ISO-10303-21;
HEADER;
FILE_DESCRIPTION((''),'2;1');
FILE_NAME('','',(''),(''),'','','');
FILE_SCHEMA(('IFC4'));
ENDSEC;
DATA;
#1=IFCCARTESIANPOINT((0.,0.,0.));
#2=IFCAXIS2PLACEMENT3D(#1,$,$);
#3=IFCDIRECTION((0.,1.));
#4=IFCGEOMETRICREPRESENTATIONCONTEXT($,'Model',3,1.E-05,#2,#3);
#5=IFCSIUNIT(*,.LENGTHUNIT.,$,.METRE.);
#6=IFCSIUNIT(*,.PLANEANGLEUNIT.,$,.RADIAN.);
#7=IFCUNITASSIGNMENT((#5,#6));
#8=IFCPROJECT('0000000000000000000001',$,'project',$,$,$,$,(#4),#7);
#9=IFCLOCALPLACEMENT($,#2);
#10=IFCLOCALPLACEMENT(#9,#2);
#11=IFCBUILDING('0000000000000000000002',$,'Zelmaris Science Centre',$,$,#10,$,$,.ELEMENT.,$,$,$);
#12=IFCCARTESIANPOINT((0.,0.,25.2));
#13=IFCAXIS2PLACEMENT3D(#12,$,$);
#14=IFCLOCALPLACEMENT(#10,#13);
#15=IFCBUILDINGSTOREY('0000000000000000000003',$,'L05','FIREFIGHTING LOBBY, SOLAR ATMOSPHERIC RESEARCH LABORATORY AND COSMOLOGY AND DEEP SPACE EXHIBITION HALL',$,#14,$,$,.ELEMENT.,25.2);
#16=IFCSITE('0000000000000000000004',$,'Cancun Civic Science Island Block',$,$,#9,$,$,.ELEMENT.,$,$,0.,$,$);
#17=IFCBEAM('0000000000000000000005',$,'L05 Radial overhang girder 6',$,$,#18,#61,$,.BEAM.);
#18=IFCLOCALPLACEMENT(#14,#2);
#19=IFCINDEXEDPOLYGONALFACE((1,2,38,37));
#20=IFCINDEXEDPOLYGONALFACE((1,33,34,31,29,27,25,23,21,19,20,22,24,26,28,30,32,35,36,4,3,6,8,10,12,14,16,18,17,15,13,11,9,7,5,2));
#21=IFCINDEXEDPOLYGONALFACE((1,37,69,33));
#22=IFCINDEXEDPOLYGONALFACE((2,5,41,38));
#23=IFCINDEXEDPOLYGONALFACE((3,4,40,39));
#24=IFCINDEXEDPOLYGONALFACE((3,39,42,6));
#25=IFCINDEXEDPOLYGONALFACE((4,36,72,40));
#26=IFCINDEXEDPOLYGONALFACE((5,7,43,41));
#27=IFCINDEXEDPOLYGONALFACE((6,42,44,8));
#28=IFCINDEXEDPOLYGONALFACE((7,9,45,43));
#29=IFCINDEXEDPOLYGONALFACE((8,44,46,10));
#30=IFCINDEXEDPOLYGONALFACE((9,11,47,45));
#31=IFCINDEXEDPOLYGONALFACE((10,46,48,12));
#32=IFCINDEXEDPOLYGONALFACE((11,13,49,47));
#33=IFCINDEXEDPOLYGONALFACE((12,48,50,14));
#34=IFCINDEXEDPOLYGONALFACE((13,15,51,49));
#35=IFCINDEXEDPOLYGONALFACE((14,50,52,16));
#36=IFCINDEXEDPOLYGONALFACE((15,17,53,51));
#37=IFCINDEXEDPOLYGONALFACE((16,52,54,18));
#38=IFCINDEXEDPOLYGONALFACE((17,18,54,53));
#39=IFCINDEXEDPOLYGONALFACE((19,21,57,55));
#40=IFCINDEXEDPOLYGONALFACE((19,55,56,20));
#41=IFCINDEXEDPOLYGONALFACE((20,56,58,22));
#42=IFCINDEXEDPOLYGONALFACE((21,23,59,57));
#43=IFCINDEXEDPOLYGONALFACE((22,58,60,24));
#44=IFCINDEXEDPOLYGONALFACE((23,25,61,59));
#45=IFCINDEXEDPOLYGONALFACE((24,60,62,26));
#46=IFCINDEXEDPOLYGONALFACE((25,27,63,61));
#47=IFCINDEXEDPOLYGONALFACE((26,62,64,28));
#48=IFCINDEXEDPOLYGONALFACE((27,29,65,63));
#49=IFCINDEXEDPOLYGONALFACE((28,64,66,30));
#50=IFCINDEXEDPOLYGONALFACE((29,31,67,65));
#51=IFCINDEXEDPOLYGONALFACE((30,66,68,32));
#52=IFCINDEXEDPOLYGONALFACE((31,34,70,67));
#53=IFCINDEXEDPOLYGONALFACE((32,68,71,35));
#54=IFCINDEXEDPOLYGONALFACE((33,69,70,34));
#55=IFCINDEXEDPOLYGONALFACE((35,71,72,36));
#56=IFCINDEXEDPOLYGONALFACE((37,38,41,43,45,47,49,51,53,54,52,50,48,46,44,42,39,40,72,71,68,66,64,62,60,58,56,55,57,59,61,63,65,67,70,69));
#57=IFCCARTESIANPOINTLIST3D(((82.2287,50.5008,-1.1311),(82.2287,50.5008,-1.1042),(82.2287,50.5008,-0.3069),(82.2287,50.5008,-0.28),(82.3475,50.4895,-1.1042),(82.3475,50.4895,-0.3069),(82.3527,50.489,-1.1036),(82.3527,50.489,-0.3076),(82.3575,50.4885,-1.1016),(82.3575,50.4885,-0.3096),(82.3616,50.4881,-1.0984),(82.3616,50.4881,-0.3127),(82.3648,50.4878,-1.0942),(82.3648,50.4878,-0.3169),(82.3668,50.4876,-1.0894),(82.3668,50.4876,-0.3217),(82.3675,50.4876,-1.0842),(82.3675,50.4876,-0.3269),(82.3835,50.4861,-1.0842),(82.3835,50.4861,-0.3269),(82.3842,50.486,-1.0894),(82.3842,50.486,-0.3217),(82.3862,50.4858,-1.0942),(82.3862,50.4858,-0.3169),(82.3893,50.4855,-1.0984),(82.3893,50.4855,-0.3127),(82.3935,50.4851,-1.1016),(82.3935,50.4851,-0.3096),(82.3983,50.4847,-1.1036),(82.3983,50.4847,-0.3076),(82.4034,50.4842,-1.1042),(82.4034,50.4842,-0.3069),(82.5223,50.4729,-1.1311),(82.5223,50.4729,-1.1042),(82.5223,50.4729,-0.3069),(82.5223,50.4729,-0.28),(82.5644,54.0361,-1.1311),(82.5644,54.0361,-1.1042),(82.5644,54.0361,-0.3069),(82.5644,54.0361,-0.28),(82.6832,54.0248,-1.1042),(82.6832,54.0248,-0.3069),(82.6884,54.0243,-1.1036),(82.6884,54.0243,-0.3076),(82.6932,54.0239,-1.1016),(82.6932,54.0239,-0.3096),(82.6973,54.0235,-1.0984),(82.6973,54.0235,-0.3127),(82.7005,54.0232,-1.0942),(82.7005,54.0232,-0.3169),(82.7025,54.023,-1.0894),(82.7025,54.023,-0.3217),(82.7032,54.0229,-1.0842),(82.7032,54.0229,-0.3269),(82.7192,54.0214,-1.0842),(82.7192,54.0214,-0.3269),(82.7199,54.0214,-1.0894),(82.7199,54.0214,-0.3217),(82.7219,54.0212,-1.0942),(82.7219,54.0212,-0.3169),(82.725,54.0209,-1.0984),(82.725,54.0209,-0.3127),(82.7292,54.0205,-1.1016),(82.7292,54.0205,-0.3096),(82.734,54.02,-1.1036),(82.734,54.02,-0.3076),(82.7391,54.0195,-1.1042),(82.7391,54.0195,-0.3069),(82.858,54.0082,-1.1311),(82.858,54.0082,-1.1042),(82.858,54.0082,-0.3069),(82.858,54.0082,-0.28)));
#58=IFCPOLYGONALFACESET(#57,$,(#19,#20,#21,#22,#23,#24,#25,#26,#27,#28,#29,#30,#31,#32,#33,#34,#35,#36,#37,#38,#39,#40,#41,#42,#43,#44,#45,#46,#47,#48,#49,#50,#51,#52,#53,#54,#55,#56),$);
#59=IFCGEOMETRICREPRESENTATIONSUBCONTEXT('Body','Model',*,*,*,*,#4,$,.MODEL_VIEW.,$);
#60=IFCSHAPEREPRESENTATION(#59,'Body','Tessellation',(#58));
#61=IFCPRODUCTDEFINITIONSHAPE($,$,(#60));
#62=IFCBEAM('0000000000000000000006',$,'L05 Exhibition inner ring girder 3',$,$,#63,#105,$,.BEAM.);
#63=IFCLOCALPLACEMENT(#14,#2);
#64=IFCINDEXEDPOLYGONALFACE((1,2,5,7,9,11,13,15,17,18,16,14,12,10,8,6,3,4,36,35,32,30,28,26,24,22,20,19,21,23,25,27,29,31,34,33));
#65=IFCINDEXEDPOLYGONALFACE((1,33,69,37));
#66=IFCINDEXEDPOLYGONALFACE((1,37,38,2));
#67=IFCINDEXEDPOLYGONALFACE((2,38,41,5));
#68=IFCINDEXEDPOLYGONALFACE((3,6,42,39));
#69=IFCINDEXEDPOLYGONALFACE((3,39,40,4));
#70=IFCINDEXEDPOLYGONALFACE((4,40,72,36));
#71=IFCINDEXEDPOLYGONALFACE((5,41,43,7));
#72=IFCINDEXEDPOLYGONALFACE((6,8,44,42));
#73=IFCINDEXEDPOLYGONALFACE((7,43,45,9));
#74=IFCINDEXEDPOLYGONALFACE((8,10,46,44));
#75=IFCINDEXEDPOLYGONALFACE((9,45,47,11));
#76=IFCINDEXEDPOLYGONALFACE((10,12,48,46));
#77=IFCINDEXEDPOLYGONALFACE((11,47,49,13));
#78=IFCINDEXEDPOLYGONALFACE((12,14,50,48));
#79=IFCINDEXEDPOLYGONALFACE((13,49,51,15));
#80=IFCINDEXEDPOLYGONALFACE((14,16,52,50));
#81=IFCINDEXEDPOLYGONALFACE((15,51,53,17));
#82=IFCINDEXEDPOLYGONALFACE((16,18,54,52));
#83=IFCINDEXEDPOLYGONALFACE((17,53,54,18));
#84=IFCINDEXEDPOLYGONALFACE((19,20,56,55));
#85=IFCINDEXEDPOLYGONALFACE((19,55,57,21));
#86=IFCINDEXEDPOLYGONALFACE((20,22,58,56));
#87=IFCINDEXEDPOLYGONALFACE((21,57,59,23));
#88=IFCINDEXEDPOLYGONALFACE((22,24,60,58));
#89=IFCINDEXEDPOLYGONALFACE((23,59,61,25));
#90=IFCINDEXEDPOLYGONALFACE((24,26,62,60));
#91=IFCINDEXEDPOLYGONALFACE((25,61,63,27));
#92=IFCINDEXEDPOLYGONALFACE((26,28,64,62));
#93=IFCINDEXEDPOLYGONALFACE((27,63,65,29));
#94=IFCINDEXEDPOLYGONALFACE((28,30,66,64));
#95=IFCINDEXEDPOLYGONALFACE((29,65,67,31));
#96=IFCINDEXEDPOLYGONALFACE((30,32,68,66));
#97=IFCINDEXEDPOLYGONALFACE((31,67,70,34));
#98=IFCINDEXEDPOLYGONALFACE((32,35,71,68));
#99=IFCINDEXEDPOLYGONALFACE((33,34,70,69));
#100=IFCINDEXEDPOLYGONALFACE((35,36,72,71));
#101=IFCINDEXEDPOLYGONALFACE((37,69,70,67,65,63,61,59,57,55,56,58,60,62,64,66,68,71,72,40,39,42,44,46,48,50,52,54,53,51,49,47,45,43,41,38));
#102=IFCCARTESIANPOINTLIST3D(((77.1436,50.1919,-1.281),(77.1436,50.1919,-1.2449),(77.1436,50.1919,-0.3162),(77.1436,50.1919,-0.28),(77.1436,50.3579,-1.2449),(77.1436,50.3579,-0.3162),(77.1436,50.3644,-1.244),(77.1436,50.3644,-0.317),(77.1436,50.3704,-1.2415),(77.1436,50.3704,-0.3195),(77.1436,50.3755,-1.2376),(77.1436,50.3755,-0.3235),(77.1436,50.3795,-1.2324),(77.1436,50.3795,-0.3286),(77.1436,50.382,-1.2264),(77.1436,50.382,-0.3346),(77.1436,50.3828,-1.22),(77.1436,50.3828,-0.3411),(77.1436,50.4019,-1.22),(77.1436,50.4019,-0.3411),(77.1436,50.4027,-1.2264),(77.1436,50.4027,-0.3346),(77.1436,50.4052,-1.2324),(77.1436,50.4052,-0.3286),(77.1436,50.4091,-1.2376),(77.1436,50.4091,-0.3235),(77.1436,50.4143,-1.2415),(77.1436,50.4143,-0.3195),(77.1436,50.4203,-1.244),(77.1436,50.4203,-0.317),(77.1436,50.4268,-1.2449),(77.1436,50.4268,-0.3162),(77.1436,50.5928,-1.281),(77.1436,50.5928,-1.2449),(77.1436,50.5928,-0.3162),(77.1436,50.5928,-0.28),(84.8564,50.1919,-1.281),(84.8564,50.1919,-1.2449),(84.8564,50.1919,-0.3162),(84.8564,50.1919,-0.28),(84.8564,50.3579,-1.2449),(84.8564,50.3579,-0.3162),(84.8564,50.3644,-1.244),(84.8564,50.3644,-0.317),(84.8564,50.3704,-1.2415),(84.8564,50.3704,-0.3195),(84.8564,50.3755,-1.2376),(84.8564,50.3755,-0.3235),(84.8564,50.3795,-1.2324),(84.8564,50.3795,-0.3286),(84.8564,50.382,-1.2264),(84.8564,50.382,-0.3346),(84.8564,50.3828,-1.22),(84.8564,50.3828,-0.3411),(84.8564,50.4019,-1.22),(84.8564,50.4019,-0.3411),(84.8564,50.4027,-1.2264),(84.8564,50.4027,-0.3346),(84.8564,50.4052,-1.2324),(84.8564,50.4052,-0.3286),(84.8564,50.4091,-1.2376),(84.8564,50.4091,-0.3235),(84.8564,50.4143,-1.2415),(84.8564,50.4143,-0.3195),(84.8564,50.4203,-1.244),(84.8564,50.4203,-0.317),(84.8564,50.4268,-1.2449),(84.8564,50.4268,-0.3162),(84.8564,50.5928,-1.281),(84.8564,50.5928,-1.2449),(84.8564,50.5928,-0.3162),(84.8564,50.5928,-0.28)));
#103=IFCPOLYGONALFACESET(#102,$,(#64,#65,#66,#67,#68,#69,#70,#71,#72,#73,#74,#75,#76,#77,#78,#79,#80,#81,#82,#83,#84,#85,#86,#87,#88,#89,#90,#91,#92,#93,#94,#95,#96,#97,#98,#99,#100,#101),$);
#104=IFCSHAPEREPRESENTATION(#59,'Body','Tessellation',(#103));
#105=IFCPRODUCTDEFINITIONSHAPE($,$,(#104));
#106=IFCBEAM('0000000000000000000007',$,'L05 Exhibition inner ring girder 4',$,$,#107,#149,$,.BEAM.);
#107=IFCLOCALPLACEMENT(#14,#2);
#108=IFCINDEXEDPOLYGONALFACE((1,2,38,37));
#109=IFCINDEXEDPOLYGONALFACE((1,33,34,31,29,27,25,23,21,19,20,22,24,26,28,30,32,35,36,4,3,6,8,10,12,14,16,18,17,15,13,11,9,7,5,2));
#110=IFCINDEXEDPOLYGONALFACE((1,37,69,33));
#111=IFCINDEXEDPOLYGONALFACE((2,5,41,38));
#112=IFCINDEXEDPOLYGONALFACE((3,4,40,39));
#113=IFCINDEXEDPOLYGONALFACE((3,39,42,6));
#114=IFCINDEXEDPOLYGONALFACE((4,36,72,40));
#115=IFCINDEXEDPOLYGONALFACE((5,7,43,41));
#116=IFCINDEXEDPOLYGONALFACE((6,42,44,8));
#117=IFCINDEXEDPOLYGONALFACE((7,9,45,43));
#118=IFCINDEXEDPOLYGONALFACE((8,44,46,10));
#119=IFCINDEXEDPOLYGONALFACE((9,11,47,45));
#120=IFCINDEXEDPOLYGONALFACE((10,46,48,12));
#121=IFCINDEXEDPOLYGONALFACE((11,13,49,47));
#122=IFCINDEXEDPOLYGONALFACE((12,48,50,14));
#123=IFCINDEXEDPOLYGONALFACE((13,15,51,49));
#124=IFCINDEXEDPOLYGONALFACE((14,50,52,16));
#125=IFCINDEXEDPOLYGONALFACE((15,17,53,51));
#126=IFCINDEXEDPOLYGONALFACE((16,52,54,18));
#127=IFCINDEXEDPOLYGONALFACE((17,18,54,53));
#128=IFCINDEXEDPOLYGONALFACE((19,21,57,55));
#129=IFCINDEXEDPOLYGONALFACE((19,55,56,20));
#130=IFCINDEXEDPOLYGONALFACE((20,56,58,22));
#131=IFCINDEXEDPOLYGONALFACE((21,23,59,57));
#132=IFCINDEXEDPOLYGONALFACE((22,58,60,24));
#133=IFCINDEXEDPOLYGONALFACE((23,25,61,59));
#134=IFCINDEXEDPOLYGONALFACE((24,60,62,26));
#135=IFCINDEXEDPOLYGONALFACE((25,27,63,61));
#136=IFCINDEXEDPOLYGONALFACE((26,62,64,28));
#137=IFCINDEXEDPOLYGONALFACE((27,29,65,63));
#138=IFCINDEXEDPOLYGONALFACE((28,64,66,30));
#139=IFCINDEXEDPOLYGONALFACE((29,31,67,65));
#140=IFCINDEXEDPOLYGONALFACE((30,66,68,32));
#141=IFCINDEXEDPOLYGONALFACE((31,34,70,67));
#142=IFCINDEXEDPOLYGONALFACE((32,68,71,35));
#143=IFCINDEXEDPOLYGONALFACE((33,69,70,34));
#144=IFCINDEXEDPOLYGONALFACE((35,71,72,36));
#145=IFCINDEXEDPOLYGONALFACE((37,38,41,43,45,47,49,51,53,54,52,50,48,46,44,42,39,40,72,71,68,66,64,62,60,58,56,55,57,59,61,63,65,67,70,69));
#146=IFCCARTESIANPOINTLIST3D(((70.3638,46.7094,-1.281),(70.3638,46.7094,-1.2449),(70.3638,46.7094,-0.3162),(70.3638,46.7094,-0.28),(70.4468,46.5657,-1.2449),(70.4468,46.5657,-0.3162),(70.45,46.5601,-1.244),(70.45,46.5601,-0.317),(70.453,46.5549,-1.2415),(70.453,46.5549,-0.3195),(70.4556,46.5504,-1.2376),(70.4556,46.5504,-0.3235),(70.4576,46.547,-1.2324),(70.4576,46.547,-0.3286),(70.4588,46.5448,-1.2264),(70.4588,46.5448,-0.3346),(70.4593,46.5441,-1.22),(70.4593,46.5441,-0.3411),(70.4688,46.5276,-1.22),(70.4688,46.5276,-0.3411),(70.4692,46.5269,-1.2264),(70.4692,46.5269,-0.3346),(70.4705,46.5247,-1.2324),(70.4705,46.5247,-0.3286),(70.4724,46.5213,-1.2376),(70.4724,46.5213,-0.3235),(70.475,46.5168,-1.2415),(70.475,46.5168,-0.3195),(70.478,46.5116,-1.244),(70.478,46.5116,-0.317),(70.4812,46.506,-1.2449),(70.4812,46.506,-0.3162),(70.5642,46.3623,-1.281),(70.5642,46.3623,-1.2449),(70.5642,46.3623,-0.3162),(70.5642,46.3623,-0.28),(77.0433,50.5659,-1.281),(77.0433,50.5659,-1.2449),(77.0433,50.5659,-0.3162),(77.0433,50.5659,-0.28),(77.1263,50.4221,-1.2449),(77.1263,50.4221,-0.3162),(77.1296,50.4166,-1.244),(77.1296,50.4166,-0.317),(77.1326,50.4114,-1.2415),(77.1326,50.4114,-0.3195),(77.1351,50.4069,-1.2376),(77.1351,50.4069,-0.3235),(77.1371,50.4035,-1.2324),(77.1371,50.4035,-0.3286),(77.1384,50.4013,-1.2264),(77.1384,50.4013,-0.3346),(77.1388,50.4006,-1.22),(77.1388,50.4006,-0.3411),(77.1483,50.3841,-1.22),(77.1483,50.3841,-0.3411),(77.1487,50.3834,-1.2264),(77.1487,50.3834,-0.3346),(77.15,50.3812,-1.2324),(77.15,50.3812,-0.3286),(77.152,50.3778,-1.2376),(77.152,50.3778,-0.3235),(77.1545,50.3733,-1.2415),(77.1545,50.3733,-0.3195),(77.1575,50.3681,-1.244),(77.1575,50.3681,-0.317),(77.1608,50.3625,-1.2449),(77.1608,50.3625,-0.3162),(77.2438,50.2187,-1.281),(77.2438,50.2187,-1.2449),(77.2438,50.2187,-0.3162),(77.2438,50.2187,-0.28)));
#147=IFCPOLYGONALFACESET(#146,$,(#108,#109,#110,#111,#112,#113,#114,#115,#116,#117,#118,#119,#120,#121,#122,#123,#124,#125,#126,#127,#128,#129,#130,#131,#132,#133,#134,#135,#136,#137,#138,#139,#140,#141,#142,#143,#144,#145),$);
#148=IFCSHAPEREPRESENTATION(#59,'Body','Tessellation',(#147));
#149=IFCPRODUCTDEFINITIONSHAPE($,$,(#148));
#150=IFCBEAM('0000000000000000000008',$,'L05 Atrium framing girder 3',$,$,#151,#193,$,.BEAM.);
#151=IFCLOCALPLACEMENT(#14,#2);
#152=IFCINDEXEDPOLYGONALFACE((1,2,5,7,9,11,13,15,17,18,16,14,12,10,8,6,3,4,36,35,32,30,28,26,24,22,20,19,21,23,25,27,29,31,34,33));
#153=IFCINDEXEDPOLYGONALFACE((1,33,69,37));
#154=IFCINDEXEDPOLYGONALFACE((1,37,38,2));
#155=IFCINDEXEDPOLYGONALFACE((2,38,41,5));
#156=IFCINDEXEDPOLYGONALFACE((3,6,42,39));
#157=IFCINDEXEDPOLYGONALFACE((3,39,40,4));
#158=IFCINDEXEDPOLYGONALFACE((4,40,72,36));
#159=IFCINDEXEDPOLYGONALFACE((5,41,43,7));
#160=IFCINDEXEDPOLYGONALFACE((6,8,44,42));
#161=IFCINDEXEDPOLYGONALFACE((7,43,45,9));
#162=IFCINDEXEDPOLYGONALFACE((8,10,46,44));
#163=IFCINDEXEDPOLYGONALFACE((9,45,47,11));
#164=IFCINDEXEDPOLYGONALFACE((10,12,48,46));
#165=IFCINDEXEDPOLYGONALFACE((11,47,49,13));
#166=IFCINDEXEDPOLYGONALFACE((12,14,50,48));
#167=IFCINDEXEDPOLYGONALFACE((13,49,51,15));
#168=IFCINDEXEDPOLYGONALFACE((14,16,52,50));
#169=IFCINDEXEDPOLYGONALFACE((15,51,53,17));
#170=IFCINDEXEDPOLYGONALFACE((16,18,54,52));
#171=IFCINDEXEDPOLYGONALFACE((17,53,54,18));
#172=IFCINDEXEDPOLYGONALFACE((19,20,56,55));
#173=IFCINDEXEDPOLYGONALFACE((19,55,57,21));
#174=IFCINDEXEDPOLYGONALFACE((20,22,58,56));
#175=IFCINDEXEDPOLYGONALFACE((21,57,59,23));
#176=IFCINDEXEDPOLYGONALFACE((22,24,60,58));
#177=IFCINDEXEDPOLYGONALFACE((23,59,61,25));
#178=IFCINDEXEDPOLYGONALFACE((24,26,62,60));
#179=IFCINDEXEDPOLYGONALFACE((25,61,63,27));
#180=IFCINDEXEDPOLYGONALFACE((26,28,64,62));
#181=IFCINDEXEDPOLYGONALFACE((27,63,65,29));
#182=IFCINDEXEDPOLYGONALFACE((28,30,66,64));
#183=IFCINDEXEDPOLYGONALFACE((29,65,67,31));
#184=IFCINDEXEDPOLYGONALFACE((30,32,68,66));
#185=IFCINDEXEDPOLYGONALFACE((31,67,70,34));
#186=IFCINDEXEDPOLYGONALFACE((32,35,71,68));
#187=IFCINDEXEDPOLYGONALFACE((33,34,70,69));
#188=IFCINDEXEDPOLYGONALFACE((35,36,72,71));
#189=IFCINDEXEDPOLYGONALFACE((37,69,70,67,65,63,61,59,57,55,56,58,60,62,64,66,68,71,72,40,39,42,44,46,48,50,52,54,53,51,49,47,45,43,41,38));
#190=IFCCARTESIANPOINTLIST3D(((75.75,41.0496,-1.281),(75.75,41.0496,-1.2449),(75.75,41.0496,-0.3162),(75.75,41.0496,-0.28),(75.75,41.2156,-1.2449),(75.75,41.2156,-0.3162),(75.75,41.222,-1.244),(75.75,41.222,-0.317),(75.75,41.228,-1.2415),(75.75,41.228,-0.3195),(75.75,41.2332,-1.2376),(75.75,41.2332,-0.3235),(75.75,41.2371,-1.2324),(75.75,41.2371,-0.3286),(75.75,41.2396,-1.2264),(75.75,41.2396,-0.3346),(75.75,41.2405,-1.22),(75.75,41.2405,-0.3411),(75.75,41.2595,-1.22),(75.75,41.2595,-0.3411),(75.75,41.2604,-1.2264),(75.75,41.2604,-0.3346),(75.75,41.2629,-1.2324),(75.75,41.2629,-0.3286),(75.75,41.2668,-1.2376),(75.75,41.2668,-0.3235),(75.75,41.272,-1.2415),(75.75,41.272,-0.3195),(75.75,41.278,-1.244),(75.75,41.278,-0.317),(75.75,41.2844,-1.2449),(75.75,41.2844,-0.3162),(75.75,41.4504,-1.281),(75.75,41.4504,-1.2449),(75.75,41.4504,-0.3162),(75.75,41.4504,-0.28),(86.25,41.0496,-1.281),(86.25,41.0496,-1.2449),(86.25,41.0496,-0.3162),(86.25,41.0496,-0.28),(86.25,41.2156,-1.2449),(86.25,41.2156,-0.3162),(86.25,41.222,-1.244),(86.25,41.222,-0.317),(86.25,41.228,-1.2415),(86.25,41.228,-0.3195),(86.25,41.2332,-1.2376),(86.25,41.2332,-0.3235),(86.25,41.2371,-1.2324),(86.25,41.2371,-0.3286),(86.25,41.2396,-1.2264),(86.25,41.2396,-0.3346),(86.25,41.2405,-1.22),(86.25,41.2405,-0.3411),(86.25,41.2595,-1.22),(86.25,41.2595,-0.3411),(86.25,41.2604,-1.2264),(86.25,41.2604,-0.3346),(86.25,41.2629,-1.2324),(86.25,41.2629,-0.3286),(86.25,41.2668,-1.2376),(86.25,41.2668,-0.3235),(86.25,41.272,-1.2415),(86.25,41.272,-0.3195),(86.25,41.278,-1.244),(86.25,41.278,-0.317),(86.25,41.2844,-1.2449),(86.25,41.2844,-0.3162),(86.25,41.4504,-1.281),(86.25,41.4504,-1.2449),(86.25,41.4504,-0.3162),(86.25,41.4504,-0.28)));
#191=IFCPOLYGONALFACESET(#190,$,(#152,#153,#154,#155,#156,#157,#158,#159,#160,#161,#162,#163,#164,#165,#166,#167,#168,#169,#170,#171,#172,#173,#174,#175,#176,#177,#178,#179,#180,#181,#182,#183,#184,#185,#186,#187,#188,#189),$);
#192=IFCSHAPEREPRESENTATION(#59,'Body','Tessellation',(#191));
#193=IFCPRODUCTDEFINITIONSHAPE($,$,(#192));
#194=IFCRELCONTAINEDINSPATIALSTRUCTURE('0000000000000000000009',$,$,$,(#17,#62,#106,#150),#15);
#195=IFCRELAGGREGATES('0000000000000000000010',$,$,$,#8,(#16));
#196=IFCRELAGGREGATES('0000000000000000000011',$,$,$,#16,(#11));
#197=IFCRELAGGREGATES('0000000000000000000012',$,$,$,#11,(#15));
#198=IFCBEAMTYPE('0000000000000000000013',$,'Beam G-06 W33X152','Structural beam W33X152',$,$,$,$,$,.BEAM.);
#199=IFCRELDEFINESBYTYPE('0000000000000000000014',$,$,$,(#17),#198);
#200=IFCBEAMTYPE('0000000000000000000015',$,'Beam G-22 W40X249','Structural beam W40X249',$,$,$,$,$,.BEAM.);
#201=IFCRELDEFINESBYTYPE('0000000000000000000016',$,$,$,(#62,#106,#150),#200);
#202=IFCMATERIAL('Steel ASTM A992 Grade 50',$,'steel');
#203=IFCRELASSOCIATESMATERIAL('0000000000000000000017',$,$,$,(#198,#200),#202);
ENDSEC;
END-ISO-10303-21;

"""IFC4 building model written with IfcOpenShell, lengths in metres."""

from ifc_helpers import new_model, si_unit, direction, frame, origin, origin_2d, place, context, subcontext, project, spatial, i_section, extrude, material, material_profile, profile_set, type_object, element, save


model = new_model("IFC4")

# Units and contexts
model_context = context("Model", 3, precision=1e-05, world=origin(), true_north=direction((0.0, 1.0)))
body_context = subcontext(model_context, "Body", "Model", "MODEL_VIEW")
ifc_project = project(units=[si_unit("LENGTHUNIT", "METRE"), si_unit("PLANEANGLEUNIT", "RADIAN")], contexts=[model_context])

# Site, building, storey
site_placement = place(None, origin())
site = spatial("IfcSite", under=ifc_project, at=site_placement, Name="Cancun Civic Science Island Block", CompositionType="ELEMENT", RefElevation=0.0)
building_placement = place(site_placement, origin())
building = spatial("IfcBuilding", under=site, at=building_placement, Name="Zelmaris Science Centre", CompositionType="ELEMENT")
storey_placement = place(building_placement, frame((0.0, 0.0, 25.2)))
storey = spatial("IfcBuildingStorey", under=building, at=storey_placement, Name="L05", Description="FIREFIGHTING LOBBY, SOLAR ATMOSPHERIC RESEARCH LABORATORY AND COSMOLOGY AND DEEP SPACE EXHIBITION HALL", CompositionType="ELEMENT", Elevation=25.2)

# Shared definitions
ifc_material_1 = material(Name="Steel ASTM A992 Grade 50", Category="steel")

# Beams
ifc_material_profile_1 = material_profile(ifc_material_1, i_section(OverallWidth=0.2949, OverallDepth=0.8511, WebThickness=0.0161, FlangeThickness=0.0269, FilletRadius=0.02, at=origin_2d()), Name="W33X152")
ifc_profile_set_1 = profile_set([ifc_material_profile_1], Name="Steel ASTM A992 Grade 50")
beam_type_1 = type_object("IfcBeamType", Name="Beam G-06 W33X152", Description="Structural beam W33X152", PredefinedType="BEAM", material=ifc_profile_set_1)
beam_1_placement = place(storey_placement, frame((82.3755, 50.4868, -0.7056), z_axis=(0.094527, 0.995522, 0.0), x_axis=(-0.995522, 0.094527, 0.0)))
element("IfcBeam", 1, at=beam_1_placement, inside=storey, type_object=beam_type_1, Name="L05 Radial overhang girder 6", PredefinedType="BEAM", context=body_context, shape_type="SweptSolid", body=[
    extrude(i_section(OverallWidth=0.2949, OverallDepth=0.8511, WebThickness=0.0161, FlangeThickness=0.0269, FilletRadius=0.02, at=origin_2d()), origin(), (0.0, 0.0, 1.0), 3.5513),
])
ifc_material_profile_2 = material_profile(ifc_material_1, i_section(OverallWidth=0.4009, OverallDepth=1.001, WebThickness=0.019, FlangeThickness=0.0361, FilletRadius=0.0249, at=origin_2d()), Name="W40X249")
ifc_profile_set_2 = profile_set([ifc_material_profile_2], Name="Steel ASTM A992 Grade 50")
beam_type_2 = type_object("IfcBeamType", Name="Beam G-22 W40X249", Description="Structural beam W40X249", PredefinedType="BEAM", material=ifc_profile_set_2)
for number, where, z_axis, x_axis, name in (
    (2, (84.8564, 50.3923, -0.7805), (-1.0, 0.0, 0.0), (0.0, -1.0, 0.0), "L05 Exhibition inner ring girder 3"),
    (3, (77.1436, 50.3923, -0.7805), (-0.866022, -0.500007, 0.0), (0.500007, -0.866022, 0.0), "L05 Exhibition inner ring girder 4"),
):
    element("IfcBeam", number, at=place(storey_placement, frame(where, z_axis=z_axis, x_axis=x_axis)), inside=storey, type_object=beam_type_2, Name=name, PredefinedType="BEAM", context=body_context, shape_type="SweptSolid", body=[
        extrude(i_section(OverallWidth=0.4009, OverallDepth=1.001, WebThickness=0.019, FlangeThickness=0.0361, FilletRadius=0.0249, at=origin_2d()), origin(), (0.0, 0.0, 1.0), 7.7129),
    ])
for number, where, z_axis, x_axis, name in (
    (4, (86.25, 41.25, -0.7805), (-1.0, 0.0, 0.0), (0.0, -1.0, 0.0), "L05 Atrium framing girder 3"),
):
    element("IfcBeam", number, at=place(storey_placement, frame(where, z_axis=z_axis, x_axis=x_axis)), inside=storey, type_object=beam_type_2, Name=name, PredefinedType="BEAM", context=body_context, shape_type="SweptSolid", body=[
        extrude(i_section(OverallWidth=0.4009, OverallDepth=1.001, WebThickness=0.019, FlangeThickness=0.0361, FilletRadius=0.0249, at=origin_2d()), origin(), (0.0, 0.0, 1.0), 10.5),
    ])

save(model, "model.ifc")
